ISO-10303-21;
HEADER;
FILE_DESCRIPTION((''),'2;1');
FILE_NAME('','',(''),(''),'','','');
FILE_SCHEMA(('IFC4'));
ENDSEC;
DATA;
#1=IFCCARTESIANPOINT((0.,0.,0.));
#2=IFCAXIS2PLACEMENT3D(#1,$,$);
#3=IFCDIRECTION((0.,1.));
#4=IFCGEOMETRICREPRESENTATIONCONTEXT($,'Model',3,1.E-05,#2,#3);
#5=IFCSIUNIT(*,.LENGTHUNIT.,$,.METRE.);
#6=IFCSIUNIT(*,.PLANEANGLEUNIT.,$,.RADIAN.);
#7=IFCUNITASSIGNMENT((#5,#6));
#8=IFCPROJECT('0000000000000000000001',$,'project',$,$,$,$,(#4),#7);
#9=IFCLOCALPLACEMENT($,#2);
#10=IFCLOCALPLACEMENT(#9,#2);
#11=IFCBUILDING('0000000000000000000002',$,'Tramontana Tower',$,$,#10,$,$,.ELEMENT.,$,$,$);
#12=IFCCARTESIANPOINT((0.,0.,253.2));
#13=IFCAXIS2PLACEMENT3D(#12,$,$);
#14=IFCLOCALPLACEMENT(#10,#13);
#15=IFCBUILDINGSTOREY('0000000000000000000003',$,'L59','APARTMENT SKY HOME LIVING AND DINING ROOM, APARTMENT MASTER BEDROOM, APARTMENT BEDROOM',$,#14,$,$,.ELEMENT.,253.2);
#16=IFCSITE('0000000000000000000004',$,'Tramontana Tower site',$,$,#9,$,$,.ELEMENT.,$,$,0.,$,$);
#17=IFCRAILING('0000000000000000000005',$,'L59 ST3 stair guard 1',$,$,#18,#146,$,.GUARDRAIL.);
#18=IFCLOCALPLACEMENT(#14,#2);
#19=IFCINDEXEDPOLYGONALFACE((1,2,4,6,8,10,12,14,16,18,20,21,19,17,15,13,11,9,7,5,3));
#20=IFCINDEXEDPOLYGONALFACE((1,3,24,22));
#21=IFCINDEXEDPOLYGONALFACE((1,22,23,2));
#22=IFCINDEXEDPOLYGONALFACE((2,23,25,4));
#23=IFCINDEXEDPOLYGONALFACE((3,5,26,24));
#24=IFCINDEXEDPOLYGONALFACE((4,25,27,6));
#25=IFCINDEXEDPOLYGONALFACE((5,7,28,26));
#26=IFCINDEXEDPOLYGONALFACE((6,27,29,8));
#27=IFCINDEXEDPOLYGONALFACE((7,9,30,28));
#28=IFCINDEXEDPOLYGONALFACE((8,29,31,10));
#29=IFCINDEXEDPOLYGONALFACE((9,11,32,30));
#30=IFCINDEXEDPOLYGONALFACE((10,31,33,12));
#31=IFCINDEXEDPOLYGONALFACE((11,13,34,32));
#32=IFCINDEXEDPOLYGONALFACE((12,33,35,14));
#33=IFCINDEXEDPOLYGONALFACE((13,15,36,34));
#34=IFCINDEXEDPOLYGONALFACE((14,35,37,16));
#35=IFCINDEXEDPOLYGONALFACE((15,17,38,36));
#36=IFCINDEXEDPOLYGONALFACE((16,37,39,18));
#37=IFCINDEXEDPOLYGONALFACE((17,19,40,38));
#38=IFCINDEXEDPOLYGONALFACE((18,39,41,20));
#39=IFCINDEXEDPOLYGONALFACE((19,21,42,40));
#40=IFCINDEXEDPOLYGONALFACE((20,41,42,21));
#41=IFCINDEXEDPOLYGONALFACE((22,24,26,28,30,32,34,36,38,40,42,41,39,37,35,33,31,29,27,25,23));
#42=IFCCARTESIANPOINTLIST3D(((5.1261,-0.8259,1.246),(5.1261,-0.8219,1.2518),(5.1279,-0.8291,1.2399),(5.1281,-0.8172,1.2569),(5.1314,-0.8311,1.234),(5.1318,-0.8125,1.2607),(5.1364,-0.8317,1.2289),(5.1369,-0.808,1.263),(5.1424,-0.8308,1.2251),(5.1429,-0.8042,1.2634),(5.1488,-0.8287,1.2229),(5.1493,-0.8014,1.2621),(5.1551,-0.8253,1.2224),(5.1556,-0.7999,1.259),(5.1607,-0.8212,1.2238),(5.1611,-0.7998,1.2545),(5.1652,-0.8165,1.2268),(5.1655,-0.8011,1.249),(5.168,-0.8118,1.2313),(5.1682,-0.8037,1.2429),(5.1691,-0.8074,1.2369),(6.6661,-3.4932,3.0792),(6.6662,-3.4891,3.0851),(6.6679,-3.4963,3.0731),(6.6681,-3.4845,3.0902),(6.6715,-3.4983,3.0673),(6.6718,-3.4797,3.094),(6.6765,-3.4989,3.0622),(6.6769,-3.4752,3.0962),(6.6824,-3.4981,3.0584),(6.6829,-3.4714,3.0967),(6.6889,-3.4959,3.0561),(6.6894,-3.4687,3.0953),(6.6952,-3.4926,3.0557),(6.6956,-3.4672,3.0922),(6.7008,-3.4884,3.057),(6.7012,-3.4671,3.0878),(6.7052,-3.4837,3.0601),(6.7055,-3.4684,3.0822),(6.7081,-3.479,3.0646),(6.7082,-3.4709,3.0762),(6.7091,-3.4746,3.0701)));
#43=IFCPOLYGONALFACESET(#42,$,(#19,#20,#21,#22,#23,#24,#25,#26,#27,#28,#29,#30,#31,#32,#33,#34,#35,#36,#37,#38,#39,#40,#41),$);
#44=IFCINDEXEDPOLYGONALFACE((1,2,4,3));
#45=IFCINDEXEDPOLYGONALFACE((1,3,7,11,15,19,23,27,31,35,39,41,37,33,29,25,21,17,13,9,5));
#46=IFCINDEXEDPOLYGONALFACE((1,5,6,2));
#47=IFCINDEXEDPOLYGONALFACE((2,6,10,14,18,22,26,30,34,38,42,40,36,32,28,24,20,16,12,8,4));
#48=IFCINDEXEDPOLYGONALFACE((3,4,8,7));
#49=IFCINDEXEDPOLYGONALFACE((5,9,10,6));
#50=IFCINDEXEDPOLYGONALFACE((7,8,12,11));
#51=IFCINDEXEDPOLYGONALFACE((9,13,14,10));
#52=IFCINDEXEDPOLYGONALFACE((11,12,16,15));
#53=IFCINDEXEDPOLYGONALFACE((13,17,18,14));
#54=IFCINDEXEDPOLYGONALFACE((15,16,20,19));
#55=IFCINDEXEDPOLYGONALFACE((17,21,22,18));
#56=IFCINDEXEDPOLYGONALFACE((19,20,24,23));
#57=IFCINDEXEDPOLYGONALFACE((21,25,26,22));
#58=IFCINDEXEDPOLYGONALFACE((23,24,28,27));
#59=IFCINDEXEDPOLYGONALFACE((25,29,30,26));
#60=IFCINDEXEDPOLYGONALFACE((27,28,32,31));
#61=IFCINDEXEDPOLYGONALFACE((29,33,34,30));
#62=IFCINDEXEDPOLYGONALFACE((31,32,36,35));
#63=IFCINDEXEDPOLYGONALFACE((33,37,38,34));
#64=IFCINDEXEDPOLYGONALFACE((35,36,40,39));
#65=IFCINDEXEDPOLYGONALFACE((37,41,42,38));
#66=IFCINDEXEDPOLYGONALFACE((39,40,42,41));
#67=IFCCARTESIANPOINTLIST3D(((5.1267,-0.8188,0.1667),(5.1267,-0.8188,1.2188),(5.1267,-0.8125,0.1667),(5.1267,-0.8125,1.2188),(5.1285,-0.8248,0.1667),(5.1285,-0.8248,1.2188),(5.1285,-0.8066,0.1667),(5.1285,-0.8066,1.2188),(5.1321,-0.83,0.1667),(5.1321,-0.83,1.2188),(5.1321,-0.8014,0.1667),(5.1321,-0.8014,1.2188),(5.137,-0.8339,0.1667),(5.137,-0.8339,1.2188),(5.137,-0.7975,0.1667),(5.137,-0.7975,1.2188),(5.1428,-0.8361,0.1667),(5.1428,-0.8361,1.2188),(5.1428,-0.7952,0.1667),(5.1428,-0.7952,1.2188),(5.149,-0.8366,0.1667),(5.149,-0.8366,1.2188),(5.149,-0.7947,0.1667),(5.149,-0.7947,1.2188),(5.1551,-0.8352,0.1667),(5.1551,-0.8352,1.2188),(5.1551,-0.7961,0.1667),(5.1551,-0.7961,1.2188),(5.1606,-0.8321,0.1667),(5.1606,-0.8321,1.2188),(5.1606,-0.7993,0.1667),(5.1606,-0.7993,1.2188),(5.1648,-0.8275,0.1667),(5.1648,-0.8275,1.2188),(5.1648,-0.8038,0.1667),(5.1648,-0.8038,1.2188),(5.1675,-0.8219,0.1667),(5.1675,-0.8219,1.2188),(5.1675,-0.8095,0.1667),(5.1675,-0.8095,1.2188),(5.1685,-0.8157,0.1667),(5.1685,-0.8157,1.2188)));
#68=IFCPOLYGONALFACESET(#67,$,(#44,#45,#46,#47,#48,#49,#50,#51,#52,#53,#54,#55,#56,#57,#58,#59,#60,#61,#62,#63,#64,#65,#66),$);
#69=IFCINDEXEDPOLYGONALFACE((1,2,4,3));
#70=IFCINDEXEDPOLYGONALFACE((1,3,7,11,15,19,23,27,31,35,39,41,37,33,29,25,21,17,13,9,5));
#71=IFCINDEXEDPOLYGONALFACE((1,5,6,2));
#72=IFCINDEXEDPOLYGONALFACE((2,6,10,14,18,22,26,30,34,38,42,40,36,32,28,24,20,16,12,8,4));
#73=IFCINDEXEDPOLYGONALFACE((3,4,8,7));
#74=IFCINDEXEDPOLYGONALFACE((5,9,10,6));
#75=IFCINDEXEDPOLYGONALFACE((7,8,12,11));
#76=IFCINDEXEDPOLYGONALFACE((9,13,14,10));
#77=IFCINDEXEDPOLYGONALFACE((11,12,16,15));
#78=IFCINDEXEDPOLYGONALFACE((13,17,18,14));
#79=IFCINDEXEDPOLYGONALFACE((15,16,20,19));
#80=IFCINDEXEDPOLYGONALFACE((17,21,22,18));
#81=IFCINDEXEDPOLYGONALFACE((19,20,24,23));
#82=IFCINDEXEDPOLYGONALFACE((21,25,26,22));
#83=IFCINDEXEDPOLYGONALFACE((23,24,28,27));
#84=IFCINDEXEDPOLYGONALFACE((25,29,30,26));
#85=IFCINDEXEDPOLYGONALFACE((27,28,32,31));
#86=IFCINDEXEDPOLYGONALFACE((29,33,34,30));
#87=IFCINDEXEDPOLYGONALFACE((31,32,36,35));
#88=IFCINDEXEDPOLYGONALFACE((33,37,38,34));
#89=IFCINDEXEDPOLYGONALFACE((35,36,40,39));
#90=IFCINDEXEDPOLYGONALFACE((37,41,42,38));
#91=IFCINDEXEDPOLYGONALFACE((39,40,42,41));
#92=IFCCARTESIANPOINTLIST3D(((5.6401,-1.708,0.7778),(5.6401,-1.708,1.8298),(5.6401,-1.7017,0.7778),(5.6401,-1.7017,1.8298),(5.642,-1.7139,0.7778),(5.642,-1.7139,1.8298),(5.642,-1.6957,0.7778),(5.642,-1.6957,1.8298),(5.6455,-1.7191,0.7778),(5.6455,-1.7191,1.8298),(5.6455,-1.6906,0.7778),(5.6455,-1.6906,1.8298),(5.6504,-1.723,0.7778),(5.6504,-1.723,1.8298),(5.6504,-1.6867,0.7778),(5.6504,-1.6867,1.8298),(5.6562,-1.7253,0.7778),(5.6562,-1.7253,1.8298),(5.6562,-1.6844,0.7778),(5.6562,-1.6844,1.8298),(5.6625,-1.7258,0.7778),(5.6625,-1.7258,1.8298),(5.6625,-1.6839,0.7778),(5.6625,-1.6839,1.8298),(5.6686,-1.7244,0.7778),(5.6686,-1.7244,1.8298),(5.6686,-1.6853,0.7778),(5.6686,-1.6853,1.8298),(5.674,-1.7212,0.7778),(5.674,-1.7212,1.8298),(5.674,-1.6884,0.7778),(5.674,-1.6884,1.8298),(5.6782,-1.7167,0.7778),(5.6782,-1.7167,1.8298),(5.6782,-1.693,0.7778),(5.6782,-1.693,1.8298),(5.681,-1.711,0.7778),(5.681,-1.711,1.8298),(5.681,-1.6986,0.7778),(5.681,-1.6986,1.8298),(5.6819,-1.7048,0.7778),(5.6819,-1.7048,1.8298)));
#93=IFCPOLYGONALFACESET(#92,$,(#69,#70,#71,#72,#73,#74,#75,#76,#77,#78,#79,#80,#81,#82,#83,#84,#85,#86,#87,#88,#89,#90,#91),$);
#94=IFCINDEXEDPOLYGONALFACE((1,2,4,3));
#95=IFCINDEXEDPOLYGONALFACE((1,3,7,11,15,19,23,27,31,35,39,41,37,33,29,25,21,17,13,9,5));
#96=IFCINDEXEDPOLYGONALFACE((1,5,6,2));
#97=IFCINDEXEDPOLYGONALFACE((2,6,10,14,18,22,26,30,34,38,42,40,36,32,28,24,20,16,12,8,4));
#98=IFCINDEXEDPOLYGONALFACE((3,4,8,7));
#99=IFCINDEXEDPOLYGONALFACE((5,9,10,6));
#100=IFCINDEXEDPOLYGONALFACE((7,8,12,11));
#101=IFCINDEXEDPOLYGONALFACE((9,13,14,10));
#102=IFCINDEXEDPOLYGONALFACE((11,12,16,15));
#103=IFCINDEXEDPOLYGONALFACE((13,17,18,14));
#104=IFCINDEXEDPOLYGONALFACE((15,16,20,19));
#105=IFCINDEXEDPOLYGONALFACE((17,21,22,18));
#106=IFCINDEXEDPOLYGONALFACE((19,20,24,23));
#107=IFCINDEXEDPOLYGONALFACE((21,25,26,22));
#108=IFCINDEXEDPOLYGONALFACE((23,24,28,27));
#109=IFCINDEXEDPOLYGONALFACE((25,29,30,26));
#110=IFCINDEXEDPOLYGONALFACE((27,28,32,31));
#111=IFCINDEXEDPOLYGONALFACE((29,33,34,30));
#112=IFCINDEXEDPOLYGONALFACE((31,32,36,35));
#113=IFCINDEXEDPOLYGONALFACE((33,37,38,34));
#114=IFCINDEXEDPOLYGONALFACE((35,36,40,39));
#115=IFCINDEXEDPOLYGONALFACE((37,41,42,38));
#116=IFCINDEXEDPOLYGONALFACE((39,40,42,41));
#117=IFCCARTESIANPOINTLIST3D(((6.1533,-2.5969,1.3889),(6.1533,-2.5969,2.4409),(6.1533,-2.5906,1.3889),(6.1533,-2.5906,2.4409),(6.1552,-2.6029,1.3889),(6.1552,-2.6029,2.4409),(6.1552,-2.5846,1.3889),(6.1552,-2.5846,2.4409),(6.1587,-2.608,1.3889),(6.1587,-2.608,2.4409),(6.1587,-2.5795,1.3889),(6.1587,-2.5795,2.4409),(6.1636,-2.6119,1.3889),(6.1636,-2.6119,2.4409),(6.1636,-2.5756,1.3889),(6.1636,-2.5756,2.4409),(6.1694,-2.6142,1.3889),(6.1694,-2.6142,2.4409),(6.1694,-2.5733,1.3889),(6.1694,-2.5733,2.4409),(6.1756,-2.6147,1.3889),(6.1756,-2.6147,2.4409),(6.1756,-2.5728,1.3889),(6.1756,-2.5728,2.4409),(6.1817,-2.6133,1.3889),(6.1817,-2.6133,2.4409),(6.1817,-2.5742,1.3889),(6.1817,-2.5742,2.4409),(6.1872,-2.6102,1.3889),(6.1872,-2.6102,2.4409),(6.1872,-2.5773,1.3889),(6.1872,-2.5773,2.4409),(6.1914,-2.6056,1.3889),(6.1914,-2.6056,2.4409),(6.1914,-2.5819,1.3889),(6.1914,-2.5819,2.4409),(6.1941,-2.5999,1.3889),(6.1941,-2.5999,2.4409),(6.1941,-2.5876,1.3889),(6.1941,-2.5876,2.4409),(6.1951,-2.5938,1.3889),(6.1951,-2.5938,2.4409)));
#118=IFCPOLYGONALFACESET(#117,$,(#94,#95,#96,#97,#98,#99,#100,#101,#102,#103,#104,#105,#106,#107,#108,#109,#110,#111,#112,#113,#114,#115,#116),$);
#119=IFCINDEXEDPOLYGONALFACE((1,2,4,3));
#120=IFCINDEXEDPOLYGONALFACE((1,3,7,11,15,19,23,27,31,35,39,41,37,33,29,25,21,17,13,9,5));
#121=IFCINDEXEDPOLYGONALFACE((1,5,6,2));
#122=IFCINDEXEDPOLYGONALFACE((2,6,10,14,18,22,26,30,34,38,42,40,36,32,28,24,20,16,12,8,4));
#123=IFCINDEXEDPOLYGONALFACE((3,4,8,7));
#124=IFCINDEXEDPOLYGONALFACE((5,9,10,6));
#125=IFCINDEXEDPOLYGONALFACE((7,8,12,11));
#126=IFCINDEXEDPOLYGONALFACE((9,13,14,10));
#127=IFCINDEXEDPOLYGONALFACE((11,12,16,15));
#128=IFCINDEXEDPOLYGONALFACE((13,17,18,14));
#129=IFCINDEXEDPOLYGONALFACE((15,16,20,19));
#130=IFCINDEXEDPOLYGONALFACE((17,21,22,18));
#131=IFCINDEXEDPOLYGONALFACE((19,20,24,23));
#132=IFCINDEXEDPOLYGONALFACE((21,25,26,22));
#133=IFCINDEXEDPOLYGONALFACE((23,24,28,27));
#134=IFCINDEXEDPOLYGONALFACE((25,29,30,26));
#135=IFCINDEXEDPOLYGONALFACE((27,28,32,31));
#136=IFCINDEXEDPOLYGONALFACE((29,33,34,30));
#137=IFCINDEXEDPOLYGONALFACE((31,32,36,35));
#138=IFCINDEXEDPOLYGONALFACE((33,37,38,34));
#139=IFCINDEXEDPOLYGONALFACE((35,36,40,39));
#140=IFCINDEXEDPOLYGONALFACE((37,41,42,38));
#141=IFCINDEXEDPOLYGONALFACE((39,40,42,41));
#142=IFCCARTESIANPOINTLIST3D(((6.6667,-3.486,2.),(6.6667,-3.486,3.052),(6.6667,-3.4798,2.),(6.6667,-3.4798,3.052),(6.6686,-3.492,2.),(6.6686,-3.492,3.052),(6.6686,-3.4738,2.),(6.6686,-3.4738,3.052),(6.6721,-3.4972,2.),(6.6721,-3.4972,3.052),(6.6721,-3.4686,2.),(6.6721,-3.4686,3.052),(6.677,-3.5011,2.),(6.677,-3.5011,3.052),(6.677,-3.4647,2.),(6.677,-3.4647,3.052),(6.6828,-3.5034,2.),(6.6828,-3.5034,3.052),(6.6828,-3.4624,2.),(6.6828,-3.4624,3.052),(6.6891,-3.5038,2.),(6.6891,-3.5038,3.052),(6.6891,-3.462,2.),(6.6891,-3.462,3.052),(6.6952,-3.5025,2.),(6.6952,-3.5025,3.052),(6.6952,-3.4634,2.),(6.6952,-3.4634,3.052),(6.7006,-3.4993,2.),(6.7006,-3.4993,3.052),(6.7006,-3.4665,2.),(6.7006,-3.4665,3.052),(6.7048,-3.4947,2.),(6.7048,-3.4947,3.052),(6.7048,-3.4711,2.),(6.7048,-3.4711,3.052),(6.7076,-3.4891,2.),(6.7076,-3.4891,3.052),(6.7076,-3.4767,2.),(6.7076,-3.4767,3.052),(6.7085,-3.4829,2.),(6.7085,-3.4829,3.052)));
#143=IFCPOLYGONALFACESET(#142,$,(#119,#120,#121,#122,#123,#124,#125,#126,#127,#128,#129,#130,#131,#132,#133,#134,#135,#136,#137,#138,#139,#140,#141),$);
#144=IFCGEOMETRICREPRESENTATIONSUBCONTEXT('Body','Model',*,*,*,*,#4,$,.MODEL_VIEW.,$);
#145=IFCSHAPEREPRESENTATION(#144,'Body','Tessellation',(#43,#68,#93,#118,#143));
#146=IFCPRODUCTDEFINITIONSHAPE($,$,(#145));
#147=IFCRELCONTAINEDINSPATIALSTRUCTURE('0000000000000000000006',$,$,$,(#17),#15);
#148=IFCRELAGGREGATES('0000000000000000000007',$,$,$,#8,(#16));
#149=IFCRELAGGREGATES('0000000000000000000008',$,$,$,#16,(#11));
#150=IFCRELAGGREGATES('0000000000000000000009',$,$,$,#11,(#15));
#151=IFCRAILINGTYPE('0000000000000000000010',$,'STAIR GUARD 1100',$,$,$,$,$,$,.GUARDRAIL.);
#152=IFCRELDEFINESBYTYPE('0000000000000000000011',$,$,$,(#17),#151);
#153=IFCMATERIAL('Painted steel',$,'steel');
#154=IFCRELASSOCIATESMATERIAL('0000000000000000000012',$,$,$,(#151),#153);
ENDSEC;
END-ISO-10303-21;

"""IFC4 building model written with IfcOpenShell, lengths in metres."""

from ifc_helpers import new_model, si_unit, direction, frame, origin, origin_2d, place, context, subcontext, project, spatial, circle, extrude, material, type_object, element, save


model = new_model("IFC4")

# Units and contexts
model_context = context("Model", 3, precision=1e-05, world=origin(), true_north=direction((0.0, 1.0)))
body_context = subcontext(model_context, "Body", "Model", "MODEL_VIEW")
ifc_project = project(units=[si_unit("LENGTHUNIT", "METRE"), si_unit("PLANEANGLEUNIT", "RADIAN")], contexts=[model_context])

# Site, building, storey
site_placement = place(None, origin())
site = spatial("IfcSite", under=ifc_project, at=site_placement, Name="Tramontana Tower site", CompositionType="ELEMENT", RefElevation=0.0)
building_placement = place(site_placement, origin())
building = spatial("IfcBuilding", under=site, at=building_placement, Name="Tramontana Tower", CompositionType="ELEMENT")
storey_placement = place(building_placement, frame((0.0, 0.0, 253.2)))
storey = spatial("IfcBuildingStorey", under=building, at=storey_placement, Name="L59", Description="APARTMENT SKY HOME LIVING AND DINING ROOM, APARTMENT MASTER BEDROOM, APARTMENT BEDROOM", CompositionType="ELEMENT", Elevation=253.2)

# Railing
ifc_material_1 = material(Name="Painted steel", Category="steel")
railing_type_1 = type_object("IfcRailingType", Name="STAIR GUARD 1100", PredefinedType="GUARDRAIL", material=ifc_material_1)
railing_1_placement = place(storey_placement, frame((5.1475, -0.8157, 0.1667)))
element("IfcRailing", 1, at=railing_1_placement, inside=storey, type_object=railing_type_1, Name="L59 ST3 stair guard 1", PredefinedType="GUARDRAIL", context=body_context, shape_type="SweptSolid", body=[
    extrude(circle(Radius=0.0239, at=origin_2d()), frame((0.0, 0.0, 1.0762), z_axis=(0.429671, -0.744159, 0.511478), x_axis=(0.86601, 0.500027, 0.0)), (0.0, 0.0, 1.0), 3.5842),
    extrude(circle(Radius=0.021, at=origin_2d()), origin(), (0.0, 0.0, 1.0), 1.052),
    extrude(circle(Radius=0.021, at=origin_2d()), frame((0.5134, -0.8892, 0.6111)), (0.0, 0.0, 1.0), 1.052),
    extrude(circle(Radius=0.021, at=origin_2d()), frame((1.0266, -1.7781, 1.2222)), (0.0, 0.0, 1.0), 1.052),
    extrude(circle(Radius=0.021, at=origin_2d()), frame((1.54, -2.6672, 1.8333)), (0.0, 0.0, 1.0), 1.052),
])

save(model, "model.ifc")
